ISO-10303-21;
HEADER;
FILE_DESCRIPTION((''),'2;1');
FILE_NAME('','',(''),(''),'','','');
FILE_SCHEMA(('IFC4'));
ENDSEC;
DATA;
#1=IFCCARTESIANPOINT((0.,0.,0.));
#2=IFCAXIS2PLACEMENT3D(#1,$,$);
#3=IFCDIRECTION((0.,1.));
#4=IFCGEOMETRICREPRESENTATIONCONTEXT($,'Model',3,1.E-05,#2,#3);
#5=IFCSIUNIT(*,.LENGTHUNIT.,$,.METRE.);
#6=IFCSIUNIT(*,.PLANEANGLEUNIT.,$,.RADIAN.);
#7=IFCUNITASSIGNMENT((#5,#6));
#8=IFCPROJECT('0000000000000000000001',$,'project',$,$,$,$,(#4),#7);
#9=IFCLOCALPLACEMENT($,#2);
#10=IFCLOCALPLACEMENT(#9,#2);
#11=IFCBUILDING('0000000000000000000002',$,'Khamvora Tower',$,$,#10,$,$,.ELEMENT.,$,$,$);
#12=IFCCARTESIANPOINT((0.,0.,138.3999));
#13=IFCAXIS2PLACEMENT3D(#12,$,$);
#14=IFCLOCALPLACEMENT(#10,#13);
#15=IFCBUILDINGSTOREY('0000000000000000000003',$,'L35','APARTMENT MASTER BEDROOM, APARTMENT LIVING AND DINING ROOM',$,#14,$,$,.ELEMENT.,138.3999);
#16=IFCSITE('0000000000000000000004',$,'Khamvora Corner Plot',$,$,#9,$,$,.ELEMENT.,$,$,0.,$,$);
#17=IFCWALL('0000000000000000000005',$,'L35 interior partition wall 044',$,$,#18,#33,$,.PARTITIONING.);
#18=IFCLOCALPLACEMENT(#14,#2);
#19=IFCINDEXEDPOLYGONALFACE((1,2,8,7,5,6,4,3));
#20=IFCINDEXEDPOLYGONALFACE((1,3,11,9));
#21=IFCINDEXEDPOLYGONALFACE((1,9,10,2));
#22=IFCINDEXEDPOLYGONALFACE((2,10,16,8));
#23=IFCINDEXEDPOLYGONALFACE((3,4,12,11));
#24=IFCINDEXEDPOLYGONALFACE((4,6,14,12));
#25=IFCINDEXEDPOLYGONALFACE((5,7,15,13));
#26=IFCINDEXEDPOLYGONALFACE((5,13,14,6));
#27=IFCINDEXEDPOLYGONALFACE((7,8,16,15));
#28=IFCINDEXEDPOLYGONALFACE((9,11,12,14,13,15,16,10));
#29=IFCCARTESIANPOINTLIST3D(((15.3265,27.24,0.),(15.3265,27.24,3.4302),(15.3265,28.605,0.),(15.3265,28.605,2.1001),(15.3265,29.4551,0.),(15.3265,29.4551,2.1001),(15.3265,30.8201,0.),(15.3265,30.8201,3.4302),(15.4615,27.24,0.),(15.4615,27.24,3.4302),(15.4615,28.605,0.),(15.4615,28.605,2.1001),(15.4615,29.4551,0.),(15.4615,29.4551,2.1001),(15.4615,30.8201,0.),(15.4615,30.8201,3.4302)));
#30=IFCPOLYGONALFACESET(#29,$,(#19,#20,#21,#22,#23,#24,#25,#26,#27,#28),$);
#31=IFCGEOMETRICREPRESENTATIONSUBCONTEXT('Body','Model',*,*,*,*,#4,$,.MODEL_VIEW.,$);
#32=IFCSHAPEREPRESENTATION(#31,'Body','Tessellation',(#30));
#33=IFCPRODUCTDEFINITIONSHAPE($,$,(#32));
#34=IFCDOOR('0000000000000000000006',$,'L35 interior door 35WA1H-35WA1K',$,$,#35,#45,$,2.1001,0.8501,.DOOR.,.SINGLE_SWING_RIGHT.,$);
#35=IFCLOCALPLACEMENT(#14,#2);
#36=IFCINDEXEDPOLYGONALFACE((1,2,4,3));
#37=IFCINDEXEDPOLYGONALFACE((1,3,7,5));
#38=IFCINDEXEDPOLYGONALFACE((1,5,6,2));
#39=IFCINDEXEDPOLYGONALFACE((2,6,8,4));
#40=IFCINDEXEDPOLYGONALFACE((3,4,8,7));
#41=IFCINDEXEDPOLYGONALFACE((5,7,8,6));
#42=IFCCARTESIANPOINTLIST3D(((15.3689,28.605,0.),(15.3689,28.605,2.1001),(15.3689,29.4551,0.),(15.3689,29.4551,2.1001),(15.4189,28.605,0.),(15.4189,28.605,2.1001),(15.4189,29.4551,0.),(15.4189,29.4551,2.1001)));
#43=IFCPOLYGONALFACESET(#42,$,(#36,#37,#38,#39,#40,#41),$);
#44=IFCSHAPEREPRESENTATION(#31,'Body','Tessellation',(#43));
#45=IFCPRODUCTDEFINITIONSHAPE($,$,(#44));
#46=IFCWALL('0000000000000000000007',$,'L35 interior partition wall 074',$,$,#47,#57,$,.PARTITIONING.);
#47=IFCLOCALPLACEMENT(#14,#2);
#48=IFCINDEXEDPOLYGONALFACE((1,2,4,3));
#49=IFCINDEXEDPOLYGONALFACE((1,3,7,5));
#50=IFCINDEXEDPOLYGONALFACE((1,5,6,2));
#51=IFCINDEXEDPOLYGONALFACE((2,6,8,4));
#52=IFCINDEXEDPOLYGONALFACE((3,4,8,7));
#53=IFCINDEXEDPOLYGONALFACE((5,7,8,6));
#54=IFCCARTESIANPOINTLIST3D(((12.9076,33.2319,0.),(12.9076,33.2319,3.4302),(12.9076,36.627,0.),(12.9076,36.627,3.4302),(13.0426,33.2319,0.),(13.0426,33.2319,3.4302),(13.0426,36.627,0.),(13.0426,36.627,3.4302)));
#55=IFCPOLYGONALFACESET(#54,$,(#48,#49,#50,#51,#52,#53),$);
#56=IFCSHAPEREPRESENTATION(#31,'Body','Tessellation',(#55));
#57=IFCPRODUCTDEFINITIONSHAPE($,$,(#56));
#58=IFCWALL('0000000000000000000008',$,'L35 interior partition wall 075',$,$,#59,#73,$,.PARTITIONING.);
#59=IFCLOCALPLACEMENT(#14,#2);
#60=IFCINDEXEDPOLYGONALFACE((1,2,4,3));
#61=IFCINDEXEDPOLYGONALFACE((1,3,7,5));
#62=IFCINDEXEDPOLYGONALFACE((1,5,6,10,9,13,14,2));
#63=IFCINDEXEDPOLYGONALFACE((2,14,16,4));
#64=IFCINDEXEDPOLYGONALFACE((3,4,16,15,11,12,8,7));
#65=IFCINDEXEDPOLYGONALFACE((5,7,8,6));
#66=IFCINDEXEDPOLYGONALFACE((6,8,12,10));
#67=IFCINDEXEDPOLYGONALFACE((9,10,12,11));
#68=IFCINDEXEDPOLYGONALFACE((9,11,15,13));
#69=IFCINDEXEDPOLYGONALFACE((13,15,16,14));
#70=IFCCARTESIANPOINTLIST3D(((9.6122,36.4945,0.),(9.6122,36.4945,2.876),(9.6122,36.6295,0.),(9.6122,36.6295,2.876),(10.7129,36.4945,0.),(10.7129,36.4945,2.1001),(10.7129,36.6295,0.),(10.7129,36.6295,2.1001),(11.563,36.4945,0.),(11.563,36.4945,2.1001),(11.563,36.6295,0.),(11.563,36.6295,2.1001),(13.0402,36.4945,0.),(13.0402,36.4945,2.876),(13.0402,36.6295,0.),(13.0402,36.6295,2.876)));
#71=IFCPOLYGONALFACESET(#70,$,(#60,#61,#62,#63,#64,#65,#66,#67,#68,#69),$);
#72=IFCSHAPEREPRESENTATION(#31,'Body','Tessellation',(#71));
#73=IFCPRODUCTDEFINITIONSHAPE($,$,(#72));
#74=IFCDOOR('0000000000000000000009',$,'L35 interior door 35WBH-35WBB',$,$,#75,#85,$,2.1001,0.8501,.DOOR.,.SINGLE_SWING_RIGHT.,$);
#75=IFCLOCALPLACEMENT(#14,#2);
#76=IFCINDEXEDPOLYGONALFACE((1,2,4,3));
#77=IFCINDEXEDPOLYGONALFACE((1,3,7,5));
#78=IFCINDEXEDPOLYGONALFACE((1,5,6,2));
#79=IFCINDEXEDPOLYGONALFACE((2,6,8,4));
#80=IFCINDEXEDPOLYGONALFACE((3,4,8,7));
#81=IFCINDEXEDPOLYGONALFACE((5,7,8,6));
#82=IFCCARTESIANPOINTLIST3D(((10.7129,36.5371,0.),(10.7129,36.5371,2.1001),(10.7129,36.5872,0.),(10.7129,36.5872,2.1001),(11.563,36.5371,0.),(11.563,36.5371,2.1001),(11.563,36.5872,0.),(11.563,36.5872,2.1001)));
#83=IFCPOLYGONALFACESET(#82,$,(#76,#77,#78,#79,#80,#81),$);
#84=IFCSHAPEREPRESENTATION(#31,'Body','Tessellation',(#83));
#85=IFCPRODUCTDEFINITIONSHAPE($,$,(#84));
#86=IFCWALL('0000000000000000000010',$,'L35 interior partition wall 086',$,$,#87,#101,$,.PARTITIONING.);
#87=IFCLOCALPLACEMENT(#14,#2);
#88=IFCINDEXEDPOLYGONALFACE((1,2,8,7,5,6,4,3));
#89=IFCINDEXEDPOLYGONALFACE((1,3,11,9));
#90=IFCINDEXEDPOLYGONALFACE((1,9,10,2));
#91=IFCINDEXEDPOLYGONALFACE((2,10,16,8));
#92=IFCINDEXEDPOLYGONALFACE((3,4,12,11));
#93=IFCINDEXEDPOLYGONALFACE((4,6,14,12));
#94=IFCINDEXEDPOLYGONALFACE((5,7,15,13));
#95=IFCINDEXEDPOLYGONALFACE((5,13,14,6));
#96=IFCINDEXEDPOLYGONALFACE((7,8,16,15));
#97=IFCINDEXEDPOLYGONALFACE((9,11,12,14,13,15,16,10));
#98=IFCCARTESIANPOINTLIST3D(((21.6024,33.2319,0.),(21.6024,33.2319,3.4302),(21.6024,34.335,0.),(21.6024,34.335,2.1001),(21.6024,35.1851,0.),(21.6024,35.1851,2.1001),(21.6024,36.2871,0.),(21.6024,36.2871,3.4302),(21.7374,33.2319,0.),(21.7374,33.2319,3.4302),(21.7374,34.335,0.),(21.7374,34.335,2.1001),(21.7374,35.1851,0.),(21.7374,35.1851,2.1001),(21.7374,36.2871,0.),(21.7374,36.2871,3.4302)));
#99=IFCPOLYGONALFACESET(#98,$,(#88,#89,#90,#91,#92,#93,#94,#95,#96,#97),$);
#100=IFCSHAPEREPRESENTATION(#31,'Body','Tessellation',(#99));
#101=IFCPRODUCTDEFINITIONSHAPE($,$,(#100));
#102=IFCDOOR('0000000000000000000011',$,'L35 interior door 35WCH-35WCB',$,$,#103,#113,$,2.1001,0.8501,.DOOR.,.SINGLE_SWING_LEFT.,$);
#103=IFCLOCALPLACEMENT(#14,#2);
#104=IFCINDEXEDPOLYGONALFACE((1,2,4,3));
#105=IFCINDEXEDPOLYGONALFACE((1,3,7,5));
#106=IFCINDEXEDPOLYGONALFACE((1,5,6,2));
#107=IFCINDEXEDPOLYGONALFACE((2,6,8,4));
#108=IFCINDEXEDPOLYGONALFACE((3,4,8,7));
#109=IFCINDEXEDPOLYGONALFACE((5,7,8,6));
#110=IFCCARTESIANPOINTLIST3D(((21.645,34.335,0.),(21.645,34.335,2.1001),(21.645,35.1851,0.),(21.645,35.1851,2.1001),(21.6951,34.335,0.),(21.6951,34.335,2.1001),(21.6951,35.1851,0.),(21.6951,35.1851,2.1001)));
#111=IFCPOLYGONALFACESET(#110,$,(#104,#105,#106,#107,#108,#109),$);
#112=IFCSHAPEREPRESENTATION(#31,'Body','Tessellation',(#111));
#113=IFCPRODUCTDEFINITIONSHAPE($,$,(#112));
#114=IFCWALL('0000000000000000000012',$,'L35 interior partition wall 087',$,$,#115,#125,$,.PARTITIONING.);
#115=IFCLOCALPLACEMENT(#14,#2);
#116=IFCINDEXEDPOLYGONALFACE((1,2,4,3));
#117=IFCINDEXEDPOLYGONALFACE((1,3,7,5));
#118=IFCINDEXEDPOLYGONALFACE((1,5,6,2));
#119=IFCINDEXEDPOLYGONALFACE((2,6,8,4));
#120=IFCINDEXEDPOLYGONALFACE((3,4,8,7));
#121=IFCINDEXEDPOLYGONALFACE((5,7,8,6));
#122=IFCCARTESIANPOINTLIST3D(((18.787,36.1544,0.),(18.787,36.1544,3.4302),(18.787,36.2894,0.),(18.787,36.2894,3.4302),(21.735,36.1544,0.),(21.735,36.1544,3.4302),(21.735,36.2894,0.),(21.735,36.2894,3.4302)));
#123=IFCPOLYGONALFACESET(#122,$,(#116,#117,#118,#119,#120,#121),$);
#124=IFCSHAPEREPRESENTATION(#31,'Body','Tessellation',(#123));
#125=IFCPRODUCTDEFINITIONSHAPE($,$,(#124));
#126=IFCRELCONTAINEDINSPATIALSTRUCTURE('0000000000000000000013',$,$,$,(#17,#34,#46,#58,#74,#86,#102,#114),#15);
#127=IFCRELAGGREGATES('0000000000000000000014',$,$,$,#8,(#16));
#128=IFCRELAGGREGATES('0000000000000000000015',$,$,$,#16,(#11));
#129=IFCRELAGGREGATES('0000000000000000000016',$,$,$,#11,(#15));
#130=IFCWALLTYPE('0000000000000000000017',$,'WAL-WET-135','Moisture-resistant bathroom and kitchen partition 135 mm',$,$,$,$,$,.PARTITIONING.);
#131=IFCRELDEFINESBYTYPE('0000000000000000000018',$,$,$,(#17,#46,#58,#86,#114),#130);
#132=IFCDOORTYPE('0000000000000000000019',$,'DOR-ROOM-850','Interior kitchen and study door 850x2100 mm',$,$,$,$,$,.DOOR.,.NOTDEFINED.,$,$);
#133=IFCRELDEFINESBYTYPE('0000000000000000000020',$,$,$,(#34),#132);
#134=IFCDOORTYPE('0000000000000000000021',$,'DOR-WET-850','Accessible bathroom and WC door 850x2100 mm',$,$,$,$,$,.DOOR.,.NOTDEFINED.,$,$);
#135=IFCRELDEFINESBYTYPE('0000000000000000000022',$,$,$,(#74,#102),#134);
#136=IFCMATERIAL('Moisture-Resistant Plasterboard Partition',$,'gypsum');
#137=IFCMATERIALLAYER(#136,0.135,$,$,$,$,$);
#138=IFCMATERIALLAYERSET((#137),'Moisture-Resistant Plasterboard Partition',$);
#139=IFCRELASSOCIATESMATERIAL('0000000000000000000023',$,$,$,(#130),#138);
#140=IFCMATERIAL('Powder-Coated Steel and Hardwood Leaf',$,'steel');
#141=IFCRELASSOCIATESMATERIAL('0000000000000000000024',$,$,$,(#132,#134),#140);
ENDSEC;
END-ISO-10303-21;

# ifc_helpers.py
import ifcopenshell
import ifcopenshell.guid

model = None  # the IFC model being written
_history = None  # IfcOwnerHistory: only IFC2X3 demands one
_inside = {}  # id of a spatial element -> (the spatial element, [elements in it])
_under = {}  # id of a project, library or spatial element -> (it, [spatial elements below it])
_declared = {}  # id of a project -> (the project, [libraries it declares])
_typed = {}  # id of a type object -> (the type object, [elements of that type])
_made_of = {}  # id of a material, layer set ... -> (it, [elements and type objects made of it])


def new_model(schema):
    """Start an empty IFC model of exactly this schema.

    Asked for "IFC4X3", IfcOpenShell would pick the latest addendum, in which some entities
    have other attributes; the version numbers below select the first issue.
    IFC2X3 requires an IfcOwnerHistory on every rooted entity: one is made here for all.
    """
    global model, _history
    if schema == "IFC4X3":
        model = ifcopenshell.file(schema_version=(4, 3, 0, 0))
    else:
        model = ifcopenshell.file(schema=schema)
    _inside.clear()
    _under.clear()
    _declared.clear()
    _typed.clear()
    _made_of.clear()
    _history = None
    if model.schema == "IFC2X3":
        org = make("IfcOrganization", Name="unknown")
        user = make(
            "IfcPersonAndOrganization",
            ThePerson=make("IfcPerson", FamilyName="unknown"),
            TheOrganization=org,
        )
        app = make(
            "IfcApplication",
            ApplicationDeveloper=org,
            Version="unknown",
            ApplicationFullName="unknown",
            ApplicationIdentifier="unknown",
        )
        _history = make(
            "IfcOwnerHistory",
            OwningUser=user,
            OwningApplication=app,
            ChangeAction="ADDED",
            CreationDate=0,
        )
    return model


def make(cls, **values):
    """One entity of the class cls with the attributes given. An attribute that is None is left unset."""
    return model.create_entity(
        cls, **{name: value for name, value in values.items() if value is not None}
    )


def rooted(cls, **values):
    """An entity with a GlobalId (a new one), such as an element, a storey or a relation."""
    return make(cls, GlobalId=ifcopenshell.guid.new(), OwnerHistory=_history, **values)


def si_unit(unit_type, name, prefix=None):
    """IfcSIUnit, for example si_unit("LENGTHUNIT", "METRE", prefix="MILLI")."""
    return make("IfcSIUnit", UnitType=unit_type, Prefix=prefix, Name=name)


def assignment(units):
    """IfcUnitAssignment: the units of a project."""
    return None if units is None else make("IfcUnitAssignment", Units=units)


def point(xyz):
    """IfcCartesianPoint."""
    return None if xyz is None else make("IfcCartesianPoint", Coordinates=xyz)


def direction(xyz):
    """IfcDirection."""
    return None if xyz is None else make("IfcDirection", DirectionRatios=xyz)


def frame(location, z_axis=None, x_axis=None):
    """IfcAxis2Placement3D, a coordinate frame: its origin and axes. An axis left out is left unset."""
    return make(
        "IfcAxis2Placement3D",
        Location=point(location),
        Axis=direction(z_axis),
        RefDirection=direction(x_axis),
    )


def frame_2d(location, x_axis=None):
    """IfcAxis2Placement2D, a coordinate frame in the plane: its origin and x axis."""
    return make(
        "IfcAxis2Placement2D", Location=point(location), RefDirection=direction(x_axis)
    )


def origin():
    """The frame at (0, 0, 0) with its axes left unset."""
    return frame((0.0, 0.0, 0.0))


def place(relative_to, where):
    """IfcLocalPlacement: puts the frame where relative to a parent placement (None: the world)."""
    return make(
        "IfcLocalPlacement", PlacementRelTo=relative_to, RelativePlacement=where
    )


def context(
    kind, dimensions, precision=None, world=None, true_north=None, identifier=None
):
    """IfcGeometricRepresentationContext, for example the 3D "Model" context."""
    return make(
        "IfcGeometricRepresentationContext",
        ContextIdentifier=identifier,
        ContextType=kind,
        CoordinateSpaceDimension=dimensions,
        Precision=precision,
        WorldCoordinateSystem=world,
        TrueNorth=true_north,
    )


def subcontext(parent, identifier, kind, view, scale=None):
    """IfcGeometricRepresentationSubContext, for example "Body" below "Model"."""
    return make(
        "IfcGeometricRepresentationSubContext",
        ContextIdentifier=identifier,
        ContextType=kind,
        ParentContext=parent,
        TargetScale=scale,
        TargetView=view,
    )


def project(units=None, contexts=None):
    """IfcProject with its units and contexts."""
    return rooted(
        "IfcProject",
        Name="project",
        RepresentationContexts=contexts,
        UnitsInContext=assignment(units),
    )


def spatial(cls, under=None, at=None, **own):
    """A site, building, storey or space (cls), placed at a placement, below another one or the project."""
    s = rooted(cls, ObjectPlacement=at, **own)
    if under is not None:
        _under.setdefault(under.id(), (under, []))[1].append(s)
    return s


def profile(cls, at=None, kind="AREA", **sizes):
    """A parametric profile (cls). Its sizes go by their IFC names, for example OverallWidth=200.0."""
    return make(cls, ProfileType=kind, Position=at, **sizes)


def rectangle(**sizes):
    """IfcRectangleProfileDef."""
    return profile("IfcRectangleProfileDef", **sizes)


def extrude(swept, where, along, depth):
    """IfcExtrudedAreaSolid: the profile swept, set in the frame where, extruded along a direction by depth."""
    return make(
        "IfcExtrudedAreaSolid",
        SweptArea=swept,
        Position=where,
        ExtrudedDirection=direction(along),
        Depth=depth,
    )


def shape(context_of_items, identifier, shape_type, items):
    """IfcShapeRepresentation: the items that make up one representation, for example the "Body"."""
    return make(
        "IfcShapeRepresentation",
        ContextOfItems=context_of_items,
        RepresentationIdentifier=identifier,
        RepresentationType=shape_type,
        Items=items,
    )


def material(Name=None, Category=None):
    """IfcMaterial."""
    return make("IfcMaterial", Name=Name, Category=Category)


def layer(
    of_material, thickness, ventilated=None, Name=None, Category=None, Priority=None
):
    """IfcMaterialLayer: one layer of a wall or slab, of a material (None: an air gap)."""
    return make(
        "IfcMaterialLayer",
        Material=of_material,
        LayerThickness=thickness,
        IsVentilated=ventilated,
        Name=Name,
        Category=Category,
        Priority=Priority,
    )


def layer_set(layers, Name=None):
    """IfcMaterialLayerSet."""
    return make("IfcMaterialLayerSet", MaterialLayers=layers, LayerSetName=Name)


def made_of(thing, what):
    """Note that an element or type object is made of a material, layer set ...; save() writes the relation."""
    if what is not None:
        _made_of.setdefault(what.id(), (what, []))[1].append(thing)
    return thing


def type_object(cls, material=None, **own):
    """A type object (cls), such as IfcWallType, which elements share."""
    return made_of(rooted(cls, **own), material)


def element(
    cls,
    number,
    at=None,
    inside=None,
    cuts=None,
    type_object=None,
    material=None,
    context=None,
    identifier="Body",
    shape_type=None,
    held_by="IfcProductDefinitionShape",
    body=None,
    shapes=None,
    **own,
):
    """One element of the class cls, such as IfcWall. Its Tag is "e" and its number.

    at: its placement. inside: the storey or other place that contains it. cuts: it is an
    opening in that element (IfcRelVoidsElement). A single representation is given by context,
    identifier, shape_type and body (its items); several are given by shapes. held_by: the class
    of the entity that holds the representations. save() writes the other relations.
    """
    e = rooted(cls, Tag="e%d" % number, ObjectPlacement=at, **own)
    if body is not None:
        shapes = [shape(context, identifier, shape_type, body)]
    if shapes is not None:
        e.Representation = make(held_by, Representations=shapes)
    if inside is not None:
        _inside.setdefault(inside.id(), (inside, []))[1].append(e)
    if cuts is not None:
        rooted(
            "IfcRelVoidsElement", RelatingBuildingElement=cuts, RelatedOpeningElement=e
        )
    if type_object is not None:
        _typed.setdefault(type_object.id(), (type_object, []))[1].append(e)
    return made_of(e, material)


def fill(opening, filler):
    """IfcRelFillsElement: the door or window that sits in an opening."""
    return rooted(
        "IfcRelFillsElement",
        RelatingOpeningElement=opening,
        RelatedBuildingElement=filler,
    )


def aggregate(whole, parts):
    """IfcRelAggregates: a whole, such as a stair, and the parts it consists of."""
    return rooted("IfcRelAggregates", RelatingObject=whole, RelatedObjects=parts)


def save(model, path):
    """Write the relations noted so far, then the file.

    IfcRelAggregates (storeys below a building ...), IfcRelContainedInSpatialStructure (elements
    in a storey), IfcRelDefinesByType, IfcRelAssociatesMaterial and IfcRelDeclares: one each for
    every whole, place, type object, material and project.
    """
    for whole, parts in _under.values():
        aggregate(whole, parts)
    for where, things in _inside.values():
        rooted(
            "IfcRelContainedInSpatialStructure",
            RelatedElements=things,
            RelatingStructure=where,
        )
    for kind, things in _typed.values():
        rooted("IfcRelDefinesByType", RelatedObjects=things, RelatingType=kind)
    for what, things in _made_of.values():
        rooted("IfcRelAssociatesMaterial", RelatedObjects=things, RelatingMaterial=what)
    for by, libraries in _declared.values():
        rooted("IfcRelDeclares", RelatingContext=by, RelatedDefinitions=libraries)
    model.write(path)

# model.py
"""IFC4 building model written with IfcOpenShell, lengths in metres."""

from ifc_helpers import new_model, si_unit, direction, frame, frame_2d, origin, place, context, subcontext, project, spatial, rectangle, extrude, material, layer, layer_set, type_object, element, fill, save


model = new_model("IFC4")

# Units and contexts
model_context = context("Model", 3, precision=1e-05, world=origin(), true_north=direction((0.0, 1.0)))
body_context = subcontext(model_context, "Body", "Model", "MODEL_VIEW")
ifc_project = project(units=[si_unit("LENGTHUNIT", "METRE"), si_unit("PLANEANGLEUNIT", "RADIAN")], contexts=[model_context])

# Site, building, storey
site_placement = place(None, origin())
site = spatial("IfcSite", under=ifc_project, at=site_placement, Name="Khamvora Corner Plot", CompositionType="ELEMENT", RefElevation=0.0)
building_placement = place(site_placement, origin())
building = spatial("IfcBuilding", under=site, at=building_placement, Name="Khamvora Tower", CompositionType="ELEMENT")
storey_placement = place(building_placement, frame((0.0, 0.0, 138.3999)))
storey = spatial("IfcBuildingStorey", under=building, at=storey_placement, Name="L35", Description="APARTMENT MASTER BEDROOM, APARTMENT LIVING AND DINING ROOM", CompositionType="ELEMENT", Elevation=138.3999)

# Shared definitions
ifc_material_1 = material(Name="Powder-Coated Steel and Hardwood Leaf", Category="steel")

# Wall, opening, door
ifc_material_2 = material(Name="Moisture-Resistant Plasterboard Partition", Category="gypsum")
ifc_layer_1 = layer(ifc_material_2, 0.135)
ifc_layer_set_1 = layer_set([ifc_layer_1], Name="Moisture-Resistant Plasterboard Partition")
wall_type_1 = type_object("IfcWallType", Name="WAL-WET-135", Description="Moisture-resistant bathroom and kitchen partition 135 mm", PredefinedType="PARTITIONING", material=ifc_layer_set_1)
wall_1_placement = place(storey_placement, frame((15.394, 30.8201, 0.0), z_axis=(0.0, 0.0, 1.0), x_axis=(0.0, -1.0, 0.0)))
wall_1 = element("IfcWall", 1, at=wall_1_placement, inside=storey, type_object=wall_type_1, Name="L35 interior partition wall 044", PredefinedType="PARTITIONING", context=body_context, shape_type="SweptSolid", body=[
    extrude(rectangle(XDim=3.5801, YDim=0.135, at=frame_2d((1.79, 0.0))), origin(), (0.0, 0.0, 1.0), 3.4302),
])
opening_1_placement = place(wall_1_placement, frame((1.365, 0.0, 0.0)))
opening_1 = element("IfcOpeningElement", 2, at=opening_1_placement, cuts=wall_1, PredefinedType="OPENING", context=body_context, shape_type="SweptSolid", body=[
    extrude(rectangle(XDim=0.8501, YDim=2.1001, at=frame_2d((0.425, 1.05))), frame((0.0, 0.0774, 0.0), z_axis=(0.0, -1.0, 0.0), x_axis=(1.0, 0.0, 0.0)), (0.0, 0.0, 1.0), 0.155),
])
door_type_1 = type_object("IfcDoorType", Name="DOR-ROOM-850", Description="Interior kitchen and study door 850x2100 mm", OperationType="NOTDEFINED", PredefinedType="DOOR", material=ifc_material_1)
door_1_placement = place(opening_1_placement, origin())
door_1 = element("IfcDoor", 3, at=door_1_placement, inside=storey, type_object=door_type_1, Name="L35 interior door 35WA1H-35WA1K", OperationType="SINGLE_SWING_RIGHT", OverallHeight=2.1001, OverallWidth=0.8501, PredefinedType="DOOR", context=body_context, shape_type="SweptSolid", body=[
    extrude(rectangle(XDim=0.8501, YDim=2.1001, at=frame_2d((0.425, 1.05))), frame((0.0, 0.0249, 0.0), z_axis=(0.0, -1.0, 0.0), x_axis=(1.0, 0.0, 0.0)), (0.0, 0.0, 1.0), 0.05),
])
fill(opening_1, door_1)

# Wall
wall_2_placement = place(storey_placement, frame((12.9751, 33.2319, 0.0), z_axis=(0.0, 0.0, 1.0), x_axis=(0.0, 1.0, 0.0)))
element("IfcWall", 4, at=wall_2_placement, inside=storey, type_object=wall_type_1, Name="L35 interior partition wall 074", PredefinedType="PARTITIONING", context=body_context, shape_type="SweptSolid", body=[
    extrude(rectangle(XDim=3.395, YDim=0.135, at=frame_2d((1.6975, 0.0))), origin(), (0.0, 0.0, 1.0), 3.4302),
])

# Walls, openings, doors
wall_3_placement = place(storey_placement, frame((13.04, 36.562, 0.0), z_axis=(0.0, 0.0, 1.0), x_axis=(-1.0, 0.0, 0.0)))
wall_3 = element("IfcWall", 5, at=wall_3_placement, inside=storey, type_object=wall_type_1, Name="L35 interior partition wall 075", PredefinedType="PARTITIONING", context=body_context, shape_type="SweptSolid", body=[
    extrude(rectangle(XDim=3.428, YDim=0.135, at=frame_2d((1.7139, 0.0))), origin(), (0.0, 0.0, 1.0), 2.876),
])
opening_2_placement = place(wall_3_placement, frame((1.4771, 0.0, 0.0)))
opening_2 = element("IfcOpeningElement", 6, at=opening_2_placement, cuts=wall_3, PredefinedType="OPENING", context=body_context, shape_type="SweptSolid", body=[
    extrude(rectangle(XDim=0.8501, YDim=2.1001, at=frame_2d((0.425, 1.05))), frame((0.0, 0.0774, 0.0), z_axis=(0.0, -1.0, 0.0), x_axis=(1.0, 0.0, 0.0)), (0.0, 0.0, 1.0), 0.155),
])
door_type_2 = type_object("IfcDoorType", Name="DOR-WET-850", Description="Accessible bathroom and WC door 850x2100 mm", OperationType="NOTDEFINED", PredefinedType="DOOR", material=ifc_material_1)
door_2_placement = place(opening_2_placement, origin())
door_2 = element("IfcDoor", 7, at=door_2_placement, inside=storey, type_object=door_type_2, Name="L35 interior door 35WBH-35WBB", OperationType="SINGLE_SWING_RIGHT", OverallHeight=2.1001, OverallWidth=0.8501, PredefinedType="DOOR", context=body_context, shape_type="SweptSolid", body=[
    extrude(rectangle(XDim=0.8501, YDim=2.1001, at=frame_2d((0.425, 1.05))), frame((0.0, 0.0249, 0.0), z_axis=(0.0, -1.0, 0.0), x_axis=(1.0, 0.0, 0.0)), (0.0, 0.0, 1.0), 0.05),
])
fill(opening_2, door_2)
wall_4_placement = place(storey_placement, frame((21.6699, 33.2319, 0.0), z_axis=(0.0, 0.0, 1.0), x_axis=(0.0, 1.0, 0.0)))
wall_4 = element("IfcWall", 8, at=wall_4_placement, inside=storey, type_object=wall_type_1, Name="L35 interior partition wall 086", PredefinedType="PARTITIONING", context=body_context, shape_type="SweptSolid", body=[
    extrude(rectangle(XDim=3.0552, YDim=0.135, at=frame_2d((1.5276, 0.0))), origin(), (0.0, 0.0, 1.0), 3.4302),
])
opening_3_placement = place(wall_4_placement, frame((1.103, 0.0, 0.0)))
opening_3 = element("IfcOpeningElement", 9, at=opening_3_placement, cuts=wall_4, PredefinedType="OPENING", context=body_context, shape_type="SweptSolid", body=[
    extrude(rectangle(XDim=0.8501, YDim=2.1001, at=frame_2d((0.425, 1.05))), frame((0.0, 0.0774, 0.0), z_axis=(0.0, -1.0, 0.0), x_axis=(1.0, 0.0, 0.0)), (0.0, 0.0, 1.0), 0.155),
])
door_3_placement = place(opening_3_placement, origin())
door_3 = element("IfcDoor", 10, at=door_3_placement, inside=storey, type_object=door_type_2, Name="L35 interior door 35WCH-35WCB", OperationType="SINGLE_SWING_LEFT", OverallHeight=2.1001, OverallWidth=0.8501, PredefinedType="DOOR", context=body_context, shape_type="SweptSolid", body=[
    extrude(rectangle(XDim=0.8501, YDim=2.1001, at=frame_2d((0.425, 1.05))), frame((0.0, 0.0249, 0.0), z_axis=(0.0, -1.0, 0.0), x_axis=(1.0, 0.0, 0.0)), (0.0, 0.0, 1.0), 0.05),
])
fill(opening_3, door_3)

# Wall
wall_5_placement = place(storey_placement, frame((21.7351, 36.2219, 0.0), z_axis=(0.0, 0.0, 1.0), x_axis=(-1.0, 0.0, 0.0)))
element("IfcWall", 11, at=wall_5_placement, inside=storey, type_object=wall_type_1, Name="L35 interior partition wall 087", PredefinedType="PARTITIONING", context=body_context, shape_type="SweptSolid", body=[
    extrude(rectangle(XDim=2.948, YDim=0.135, at=frame_2d((1.4741, 0.0))), origin(), (0.0, 0.0, 1.0), 3.4302),
])

save(model, "model.ifc")
